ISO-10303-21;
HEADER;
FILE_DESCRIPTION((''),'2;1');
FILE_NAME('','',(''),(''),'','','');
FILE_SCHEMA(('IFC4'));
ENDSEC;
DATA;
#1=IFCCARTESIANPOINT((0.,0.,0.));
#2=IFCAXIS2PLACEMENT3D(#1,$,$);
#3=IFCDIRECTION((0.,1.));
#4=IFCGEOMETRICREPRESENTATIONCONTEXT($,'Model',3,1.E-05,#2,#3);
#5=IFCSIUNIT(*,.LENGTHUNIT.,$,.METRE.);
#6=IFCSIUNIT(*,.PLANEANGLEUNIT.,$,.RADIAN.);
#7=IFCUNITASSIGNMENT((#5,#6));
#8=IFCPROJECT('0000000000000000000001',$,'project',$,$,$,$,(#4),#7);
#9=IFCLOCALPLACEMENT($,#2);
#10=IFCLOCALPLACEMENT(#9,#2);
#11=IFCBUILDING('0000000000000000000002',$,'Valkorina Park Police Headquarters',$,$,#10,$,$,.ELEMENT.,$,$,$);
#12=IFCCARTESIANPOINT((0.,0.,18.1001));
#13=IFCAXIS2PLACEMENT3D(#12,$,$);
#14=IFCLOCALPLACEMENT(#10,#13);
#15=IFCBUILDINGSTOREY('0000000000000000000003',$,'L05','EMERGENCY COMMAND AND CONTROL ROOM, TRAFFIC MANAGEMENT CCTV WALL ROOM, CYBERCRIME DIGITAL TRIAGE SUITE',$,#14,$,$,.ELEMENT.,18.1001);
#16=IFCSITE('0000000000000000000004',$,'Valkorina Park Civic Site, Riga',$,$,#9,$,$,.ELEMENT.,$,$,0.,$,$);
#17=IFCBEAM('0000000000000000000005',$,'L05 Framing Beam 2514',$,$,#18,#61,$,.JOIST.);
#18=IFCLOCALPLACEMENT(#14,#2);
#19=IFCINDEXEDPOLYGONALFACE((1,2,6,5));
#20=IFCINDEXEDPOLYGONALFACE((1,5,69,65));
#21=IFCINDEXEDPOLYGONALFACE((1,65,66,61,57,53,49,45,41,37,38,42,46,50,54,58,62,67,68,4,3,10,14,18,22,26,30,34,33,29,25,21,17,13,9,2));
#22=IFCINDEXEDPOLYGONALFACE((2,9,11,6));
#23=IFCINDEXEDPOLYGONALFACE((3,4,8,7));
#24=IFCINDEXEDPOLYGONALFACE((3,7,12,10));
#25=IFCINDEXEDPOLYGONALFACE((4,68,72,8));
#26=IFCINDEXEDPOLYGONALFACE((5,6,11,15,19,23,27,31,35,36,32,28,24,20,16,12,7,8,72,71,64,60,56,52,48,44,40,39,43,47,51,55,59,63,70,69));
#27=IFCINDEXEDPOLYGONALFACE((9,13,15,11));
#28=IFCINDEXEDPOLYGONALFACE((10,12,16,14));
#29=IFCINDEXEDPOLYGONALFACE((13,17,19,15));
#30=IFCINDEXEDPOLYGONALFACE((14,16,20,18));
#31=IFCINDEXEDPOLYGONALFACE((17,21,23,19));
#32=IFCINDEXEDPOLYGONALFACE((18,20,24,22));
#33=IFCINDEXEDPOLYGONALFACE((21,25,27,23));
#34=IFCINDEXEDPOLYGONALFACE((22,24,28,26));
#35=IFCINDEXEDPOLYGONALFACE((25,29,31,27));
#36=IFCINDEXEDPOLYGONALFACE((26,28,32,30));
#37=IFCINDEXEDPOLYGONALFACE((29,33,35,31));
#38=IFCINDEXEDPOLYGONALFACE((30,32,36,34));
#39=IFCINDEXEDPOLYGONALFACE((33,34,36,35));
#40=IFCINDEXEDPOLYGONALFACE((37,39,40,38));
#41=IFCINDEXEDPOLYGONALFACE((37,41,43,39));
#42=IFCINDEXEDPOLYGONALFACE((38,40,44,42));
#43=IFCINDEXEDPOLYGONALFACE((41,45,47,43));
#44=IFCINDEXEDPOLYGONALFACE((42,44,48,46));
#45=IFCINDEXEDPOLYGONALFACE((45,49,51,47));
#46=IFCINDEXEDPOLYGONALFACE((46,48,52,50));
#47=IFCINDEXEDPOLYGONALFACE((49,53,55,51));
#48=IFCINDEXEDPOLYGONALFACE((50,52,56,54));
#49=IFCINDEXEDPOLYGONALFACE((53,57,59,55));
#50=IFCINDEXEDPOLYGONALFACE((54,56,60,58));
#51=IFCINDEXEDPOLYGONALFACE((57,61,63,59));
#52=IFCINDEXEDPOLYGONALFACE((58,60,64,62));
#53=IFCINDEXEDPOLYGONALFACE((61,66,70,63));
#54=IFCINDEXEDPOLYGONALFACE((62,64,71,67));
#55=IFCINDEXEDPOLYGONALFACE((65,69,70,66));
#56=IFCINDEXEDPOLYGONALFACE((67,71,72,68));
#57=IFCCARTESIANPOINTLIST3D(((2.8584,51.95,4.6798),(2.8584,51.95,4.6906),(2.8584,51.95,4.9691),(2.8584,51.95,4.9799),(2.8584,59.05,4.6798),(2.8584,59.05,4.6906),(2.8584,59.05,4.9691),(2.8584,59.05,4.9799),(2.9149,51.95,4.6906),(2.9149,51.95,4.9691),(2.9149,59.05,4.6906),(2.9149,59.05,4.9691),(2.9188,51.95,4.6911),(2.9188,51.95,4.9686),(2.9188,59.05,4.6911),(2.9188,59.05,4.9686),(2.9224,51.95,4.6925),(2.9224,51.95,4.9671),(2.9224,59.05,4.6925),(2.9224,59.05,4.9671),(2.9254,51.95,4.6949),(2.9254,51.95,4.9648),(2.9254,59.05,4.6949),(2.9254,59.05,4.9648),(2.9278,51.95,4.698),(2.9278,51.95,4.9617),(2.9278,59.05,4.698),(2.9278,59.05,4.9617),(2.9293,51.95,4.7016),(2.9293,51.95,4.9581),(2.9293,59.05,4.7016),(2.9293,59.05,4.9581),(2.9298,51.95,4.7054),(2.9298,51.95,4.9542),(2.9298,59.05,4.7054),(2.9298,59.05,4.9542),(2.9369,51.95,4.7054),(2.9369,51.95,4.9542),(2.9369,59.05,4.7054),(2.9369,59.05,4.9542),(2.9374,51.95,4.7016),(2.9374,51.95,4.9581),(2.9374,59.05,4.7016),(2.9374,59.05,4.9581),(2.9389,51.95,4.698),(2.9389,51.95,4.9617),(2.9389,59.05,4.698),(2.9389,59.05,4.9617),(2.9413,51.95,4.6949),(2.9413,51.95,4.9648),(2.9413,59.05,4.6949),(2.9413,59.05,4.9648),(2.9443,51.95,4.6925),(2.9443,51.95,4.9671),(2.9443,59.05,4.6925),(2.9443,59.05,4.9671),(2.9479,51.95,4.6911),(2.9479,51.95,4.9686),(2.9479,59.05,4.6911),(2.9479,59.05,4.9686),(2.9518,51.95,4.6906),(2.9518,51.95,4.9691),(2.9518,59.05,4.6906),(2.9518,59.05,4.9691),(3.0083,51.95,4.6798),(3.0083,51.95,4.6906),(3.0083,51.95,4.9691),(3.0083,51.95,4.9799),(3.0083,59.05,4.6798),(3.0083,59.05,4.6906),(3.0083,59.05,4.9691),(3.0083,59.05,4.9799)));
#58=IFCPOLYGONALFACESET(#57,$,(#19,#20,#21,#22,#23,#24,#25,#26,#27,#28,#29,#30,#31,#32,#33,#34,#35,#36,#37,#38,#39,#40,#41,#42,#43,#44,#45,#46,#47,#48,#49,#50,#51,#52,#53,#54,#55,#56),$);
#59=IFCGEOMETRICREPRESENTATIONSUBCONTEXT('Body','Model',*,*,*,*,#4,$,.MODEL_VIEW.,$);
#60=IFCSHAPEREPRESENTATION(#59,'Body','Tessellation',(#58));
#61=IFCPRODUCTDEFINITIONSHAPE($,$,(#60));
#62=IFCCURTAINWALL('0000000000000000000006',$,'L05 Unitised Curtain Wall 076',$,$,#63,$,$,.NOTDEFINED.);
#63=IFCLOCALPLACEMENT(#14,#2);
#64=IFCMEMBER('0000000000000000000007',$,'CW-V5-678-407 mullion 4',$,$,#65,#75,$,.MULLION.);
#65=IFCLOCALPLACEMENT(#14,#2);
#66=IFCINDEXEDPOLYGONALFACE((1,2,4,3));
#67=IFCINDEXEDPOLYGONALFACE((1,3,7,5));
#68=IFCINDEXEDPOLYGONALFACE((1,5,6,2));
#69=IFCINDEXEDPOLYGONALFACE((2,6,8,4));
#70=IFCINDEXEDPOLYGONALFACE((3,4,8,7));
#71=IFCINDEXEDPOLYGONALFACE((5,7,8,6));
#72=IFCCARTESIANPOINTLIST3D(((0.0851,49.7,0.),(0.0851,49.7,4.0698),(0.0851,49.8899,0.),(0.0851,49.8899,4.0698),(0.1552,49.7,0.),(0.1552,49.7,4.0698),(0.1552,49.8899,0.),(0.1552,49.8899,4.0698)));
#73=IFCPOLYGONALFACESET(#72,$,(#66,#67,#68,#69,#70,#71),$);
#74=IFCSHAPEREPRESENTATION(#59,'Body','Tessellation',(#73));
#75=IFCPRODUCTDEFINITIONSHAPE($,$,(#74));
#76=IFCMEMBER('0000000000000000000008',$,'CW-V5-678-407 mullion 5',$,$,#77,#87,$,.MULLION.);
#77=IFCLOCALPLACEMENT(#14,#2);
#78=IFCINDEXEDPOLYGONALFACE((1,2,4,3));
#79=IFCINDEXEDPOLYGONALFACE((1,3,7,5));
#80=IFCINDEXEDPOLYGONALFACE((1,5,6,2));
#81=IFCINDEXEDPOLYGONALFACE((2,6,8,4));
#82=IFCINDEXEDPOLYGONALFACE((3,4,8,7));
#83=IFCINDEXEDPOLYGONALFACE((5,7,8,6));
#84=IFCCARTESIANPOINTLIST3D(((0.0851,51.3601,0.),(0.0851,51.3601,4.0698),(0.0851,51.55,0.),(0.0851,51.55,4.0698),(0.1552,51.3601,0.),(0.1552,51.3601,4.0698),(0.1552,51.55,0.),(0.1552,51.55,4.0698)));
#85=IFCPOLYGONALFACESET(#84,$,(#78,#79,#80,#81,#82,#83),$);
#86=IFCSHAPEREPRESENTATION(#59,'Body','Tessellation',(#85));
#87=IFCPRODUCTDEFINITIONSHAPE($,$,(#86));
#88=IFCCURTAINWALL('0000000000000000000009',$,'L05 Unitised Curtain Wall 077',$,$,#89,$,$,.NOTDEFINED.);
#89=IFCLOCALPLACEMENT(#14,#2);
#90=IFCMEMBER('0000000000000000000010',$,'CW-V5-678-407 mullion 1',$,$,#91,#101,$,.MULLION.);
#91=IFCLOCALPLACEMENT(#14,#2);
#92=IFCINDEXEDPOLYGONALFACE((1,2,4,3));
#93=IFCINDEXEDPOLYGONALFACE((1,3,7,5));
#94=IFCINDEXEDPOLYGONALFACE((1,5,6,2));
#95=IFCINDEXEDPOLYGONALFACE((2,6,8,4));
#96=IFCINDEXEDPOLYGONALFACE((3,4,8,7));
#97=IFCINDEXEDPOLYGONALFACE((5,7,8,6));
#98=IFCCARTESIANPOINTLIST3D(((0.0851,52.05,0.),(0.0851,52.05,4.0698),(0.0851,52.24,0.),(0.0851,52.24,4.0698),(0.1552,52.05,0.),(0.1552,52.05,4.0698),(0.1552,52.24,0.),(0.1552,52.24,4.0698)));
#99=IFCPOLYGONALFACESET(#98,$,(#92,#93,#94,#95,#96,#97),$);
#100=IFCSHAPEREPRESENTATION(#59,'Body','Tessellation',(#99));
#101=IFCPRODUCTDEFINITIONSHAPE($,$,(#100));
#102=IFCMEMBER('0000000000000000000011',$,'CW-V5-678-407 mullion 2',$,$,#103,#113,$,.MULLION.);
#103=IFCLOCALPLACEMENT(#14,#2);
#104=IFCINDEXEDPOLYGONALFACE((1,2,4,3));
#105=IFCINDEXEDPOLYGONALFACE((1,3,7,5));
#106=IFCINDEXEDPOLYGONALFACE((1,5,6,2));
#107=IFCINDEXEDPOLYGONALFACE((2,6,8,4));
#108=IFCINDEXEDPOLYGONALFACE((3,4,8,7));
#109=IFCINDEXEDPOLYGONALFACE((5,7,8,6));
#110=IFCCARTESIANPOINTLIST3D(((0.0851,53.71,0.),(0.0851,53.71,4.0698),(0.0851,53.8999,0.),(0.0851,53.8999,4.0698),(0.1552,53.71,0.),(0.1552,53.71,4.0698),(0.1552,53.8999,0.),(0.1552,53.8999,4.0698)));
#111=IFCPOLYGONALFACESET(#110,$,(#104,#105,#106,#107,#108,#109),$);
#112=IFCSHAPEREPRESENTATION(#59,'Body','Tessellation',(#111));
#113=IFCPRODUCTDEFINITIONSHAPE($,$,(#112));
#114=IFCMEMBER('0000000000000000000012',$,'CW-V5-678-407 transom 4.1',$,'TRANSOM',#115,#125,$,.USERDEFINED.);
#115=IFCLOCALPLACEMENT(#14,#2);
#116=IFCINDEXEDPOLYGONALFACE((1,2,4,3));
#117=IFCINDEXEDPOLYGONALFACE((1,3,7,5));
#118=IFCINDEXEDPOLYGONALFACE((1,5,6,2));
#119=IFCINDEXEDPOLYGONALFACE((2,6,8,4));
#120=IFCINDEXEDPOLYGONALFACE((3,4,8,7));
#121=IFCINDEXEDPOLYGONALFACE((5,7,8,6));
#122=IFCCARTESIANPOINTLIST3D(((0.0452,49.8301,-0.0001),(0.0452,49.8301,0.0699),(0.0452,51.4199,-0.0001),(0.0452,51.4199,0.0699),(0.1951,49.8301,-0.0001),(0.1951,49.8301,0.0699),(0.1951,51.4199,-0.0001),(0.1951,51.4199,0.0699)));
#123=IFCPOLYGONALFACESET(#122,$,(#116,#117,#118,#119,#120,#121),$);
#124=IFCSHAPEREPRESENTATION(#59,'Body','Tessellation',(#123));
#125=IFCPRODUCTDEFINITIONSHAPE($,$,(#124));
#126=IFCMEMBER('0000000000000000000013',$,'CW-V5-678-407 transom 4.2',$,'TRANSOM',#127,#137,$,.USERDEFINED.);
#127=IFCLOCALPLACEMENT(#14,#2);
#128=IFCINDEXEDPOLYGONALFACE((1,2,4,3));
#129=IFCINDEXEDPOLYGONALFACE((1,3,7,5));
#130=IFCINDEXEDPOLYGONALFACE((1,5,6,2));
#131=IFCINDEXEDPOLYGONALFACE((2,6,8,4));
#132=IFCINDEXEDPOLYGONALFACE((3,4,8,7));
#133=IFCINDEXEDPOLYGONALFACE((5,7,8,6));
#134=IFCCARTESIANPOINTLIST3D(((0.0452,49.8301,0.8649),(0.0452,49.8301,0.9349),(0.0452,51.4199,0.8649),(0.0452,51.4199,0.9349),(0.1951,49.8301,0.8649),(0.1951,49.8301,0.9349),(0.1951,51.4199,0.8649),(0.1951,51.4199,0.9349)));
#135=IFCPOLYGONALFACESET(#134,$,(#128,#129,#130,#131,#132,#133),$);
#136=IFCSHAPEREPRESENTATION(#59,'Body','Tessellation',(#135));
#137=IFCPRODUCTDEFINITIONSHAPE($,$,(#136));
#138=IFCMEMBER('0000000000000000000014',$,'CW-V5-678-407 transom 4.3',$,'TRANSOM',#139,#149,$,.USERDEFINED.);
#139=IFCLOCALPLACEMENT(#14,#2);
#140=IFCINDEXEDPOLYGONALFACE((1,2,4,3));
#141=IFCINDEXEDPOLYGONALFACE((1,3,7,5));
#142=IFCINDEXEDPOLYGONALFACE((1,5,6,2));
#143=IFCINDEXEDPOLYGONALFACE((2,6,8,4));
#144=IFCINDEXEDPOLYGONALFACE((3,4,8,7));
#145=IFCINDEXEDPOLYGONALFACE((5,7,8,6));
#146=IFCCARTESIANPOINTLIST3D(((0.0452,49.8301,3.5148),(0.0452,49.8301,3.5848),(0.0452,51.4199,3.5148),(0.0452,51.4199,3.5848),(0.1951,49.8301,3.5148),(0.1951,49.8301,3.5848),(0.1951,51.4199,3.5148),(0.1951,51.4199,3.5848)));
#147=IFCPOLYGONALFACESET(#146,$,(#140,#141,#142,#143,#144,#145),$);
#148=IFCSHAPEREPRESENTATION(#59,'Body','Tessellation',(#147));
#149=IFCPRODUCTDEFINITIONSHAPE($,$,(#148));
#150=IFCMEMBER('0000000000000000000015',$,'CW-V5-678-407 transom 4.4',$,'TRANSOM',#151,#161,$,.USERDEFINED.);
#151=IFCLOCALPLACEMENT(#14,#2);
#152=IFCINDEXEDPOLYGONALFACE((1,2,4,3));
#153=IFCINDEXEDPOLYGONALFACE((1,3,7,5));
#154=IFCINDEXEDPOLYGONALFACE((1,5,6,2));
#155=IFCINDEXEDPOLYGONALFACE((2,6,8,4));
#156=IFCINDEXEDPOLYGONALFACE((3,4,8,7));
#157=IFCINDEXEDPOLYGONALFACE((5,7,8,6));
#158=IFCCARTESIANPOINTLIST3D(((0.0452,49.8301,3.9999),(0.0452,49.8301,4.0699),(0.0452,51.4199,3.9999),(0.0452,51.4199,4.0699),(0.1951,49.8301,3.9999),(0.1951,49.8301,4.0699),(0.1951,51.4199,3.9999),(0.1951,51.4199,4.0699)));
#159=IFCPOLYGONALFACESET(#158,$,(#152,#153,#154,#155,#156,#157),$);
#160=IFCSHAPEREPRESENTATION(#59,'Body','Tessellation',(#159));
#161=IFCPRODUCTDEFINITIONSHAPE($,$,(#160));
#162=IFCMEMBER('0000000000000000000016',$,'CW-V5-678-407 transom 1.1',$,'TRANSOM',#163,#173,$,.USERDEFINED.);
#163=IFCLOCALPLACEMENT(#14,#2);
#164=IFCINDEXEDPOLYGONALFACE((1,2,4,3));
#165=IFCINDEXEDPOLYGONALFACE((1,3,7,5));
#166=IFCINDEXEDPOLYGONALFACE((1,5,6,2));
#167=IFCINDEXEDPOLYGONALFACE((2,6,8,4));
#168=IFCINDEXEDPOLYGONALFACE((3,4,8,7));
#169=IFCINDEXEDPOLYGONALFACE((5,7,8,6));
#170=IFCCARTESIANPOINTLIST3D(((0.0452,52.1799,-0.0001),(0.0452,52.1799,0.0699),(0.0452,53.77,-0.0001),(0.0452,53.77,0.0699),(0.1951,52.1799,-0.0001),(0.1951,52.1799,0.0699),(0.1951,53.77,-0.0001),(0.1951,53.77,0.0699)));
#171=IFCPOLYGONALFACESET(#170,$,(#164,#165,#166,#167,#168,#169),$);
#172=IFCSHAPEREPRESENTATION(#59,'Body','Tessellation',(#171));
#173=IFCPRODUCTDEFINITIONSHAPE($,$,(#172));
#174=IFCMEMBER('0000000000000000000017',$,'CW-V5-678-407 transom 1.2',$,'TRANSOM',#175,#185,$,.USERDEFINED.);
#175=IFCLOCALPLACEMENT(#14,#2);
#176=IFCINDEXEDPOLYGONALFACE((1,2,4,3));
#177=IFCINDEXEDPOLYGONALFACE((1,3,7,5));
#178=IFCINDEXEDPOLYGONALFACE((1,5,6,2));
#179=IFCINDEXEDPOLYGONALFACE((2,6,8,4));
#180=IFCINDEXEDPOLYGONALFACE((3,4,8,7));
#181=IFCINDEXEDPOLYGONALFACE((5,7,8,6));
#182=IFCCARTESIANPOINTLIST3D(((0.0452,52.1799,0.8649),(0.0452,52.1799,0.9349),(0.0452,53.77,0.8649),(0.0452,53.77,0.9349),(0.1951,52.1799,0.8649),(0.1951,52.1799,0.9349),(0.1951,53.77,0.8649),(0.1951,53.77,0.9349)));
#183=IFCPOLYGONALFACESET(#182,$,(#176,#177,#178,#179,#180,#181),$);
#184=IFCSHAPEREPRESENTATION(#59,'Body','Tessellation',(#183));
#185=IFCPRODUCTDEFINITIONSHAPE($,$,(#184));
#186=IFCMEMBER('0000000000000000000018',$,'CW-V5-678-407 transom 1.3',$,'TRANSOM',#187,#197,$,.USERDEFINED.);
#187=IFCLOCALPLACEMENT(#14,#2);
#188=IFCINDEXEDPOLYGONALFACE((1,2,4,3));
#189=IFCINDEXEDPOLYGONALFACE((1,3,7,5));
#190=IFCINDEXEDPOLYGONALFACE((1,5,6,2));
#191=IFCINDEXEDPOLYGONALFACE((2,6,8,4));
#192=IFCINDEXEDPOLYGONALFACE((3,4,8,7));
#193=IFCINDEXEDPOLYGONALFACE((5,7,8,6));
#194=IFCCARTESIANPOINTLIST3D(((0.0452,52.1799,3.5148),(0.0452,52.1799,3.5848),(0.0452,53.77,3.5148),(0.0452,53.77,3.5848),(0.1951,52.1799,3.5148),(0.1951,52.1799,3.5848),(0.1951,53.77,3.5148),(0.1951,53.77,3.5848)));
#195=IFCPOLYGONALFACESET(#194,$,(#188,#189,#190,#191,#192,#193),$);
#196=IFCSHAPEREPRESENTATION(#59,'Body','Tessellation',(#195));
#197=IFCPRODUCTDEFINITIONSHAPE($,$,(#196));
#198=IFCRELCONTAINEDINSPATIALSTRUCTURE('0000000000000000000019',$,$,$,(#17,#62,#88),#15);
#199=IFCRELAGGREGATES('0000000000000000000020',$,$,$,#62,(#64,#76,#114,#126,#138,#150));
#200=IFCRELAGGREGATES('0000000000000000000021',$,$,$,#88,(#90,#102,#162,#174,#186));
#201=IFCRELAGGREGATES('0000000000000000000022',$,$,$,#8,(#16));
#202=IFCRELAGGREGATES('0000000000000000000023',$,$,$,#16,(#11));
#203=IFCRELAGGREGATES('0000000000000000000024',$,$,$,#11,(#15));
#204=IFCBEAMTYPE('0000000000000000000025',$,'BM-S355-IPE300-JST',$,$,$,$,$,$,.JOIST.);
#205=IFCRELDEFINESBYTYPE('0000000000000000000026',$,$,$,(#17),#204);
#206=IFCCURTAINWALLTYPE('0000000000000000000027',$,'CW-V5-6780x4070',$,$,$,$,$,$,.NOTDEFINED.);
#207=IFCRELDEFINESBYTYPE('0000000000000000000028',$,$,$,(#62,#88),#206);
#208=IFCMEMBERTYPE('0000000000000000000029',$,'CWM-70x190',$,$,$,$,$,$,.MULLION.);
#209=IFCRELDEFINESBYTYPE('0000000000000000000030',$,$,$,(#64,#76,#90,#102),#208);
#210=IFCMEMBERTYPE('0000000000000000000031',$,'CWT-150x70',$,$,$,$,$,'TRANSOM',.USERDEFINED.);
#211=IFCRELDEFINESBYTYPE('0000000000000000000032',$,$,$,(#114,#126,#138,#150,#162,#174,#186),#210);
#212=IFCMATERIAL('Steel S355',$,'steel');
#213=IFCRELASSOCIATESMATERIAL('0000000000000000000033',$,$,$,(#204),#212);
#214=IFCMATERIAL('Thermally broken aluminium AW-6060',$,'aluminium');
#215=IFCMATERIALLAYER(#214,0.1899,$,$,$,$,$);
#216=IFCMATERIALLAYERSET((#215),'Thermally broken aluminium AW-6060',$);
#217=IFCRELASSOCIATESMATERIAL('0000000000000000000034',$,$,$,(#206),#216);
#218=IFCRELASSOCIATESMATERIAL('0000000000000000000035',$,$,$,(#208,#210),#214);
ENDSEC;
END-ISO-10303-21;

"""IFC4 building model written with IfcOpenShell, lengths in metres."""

from ifc_helpers import new_model, si_unit, direction, frame, origin, origin_2d, place, context, subcontext, project, spatial, rectangle, i_section, extrude, material, layer, layer_set, material_profile, profile_set, type_object, element, aggregate, save


model = new_model("IFC4")

# Units and contexts
model_context = context("Model", 3, precision=1e-05, world=origin(), true_north=direction((0.0, 1.0)))
body_context = subcontext(model_context, "Body", "Model", "MODEL_VIEW")
ifc_project = project(units=[si_unit("LENGTHUNIT", "METRE"), si_unit("PLANEANGLEUNIT", "RADIAN")], contexts=[model_context])

# Site, building, storey
site_placement = place(None, origin())
site = spatial("IfcSite", under=ifc_project, at=site_placement, Name="Valkorina Park Civic Site, Riga", CompositionType="ELEMENT", RefElevation=0.0)
building_placement = place(site_placement, origin())
building = spatial("IfcBuilding", under=site, at=building_placement, Name="Valkorina Park Police Headquarters", CompositionType="ELEMENT")
storey_placement = place(building_placement, frame((0.0, 0.0, 18.1001)))
storey = spatial("IfcBuildingStorey", under=building, at=storey_placement, Name="L05", Description="EMERGENCY COMMAND AND CONTROL ROOM, TRAFFIC MANAGEMENT CCTV WALL ROOM, CYBERCRIME DIGITAL TRIAGE SUITE", CompositionType="ELEMENT", Elevation=18.1001)

# Shared definitions
ifc_material_1 = material(Name="Steel S355", Category="steel")

# Beam
ifc_material_profile_1 = material_profile(ifc_material_1, i_section(OverallWidth=0.1499, OverallDepth=0.3, WebThickness=0.0071, FlangeThickness=0.0107, FilletRadius=0.0149, at=origin_2d()), Name="IPE 300")
ifc_profile_set_1 = profile_set([ifc_material_profile_1], Name="Steel S355")
beam_type_1 = type_object("IfcBeamType", Name="BM-S355-IPE300-JST", PredefinedType="JOIST", material=ifc_profile_set_1)
beam_1_placement = place(storey_placement, frame((2.9333, 51.95, 4.8298), z_axis=(0.0, 1.0, 0.0), x_axis=(-1.0, 0.0, 0.0)))
element("IfcBeam", 1, at=beam_1_placement, inside=storey, type_object=beam_type_1, Name="L05 Framing Beam 2514", PredefinedType="JOIST", context=body_context, shape_type="SweptSolid", body=[
    extrude(i_section(OverallWidth=0.1499, OverallDepth=0.3, WebThickness=0.0071, FlangeThickness=0.0107, FilletRadius=0.0149, at=origin_2d()), origin(), (0.0, 0.0, 1.0), 7.1001),
])

# Curtain walls, members
ifc_material_2 = material(Name="Thermally broken aluminium AW-6060", Category="aluminium")
ifc_layer_1 = layer(ifc_material_2, 0.1899)
ifc_layer_set_1 = layer_set([ifc_layer_1], Name="Thermally broken aluminium AW-6060")
curtain_wall_type = type_object("IfcCurtainWallType", Name="CW-V5-6780x4070", PredefinedType="NOTDEFINED", material=ifc_layer_set_1)
curtain_wall_1_placement = place(storey_placement, origin())
curtain_wall_1 = element("IfcCurtainWall", 2, at=curtain_wall_1_placement, inside=storey, type_object=curtain_wall_type, Name="L05 Unitised Curtain Wall 076", PredefinedType="NOTDEFINED")
ifc_material_profile_2 = material_profile(ifc_material_2, rectangle(XDim=0.0701, YDim=0.1899, at=origin_2d()), Name="CWM-02 70x190")
ifc_profile_set_2 = profile_set([ifc_material_profile_2], Name="Thermally broken aluminium AW-6060")
member_type_1 = type_object("IfcMemberType", Name="CWM-70x190", PredefinedType="MULLION", material=ifc_profile_set_2)
member_1_placement = place(storey_placement, frame((0.1201, 49.7949, 0.0), z_axis=(0.0, 0.0, 1.0), x_axis=(-1.0, 0.0, 0.0)))
member_1 = element("IfcMember", 3, at=member_1_placement, type_object=member_type_1, Name="CW-V5-678-407 mullion 4", PredefinedType="MULLION", context=body_context, shape_type="SweptSolid", body=[
    extrude(rectangle(XDim=0.0701, YDim=0.1899, at=origin_2d()), origin(), (0.0, 0.0, 1.0), 4.0698),
])
member_2_placement = place(storey_placement, frame((0.1201, 51.4551, 0.0), z_axis=(0.0, 0.0, 1.0), x_axis=(-1.0, 0.0, 0.0)))
member_2 = element("IfcMember", 4, at=member_2_placement, type_object=member_type_1, Name="CW-V5-678-407 mullion 5", PredefinedType="MULLION", context=body_context, shape_type="SweptSolid", body=[
    extrude(rectangle(XDim=0.0701, YDim=0.1899, at=origin_2d()), origin(), (0.0, 0.0, 1.0), 4.0698),
])
curtain_wall_2_placement = place(storey_placement, origin())
curtain_wall_2 = element("IfcCurtainWall", 5, at=curtain_wall_2_placement, inside=storey, type_object=curtain_wall_type, Name="L05 Unitised Curtain Wall 077", PredefinedType="NOTDEFINED")
member_3_placement = place(storey_placement, frame((0.1201, 52.145, 0.0), z_axis=(0.0, 0.0, 1.0), x_axis=(-1.0, 0.0, 0.0)))
member_3 = element("IfcMember", 6, at=member_3_placement, type_object=member_type_1, Name="CW-V5-678-407 mullion 1", PredefinedType="MULLION", context=body_context, shape_type="SweptSolid", body=[
    extrude(rectangle(XDim=0.0701, YDim=0.1899, at=origin_2d()), origin(), (0.0, 0.0, 1.0), 4.0698),
])
member_4_placement = place(storey_placement, frame((0.1201, 53.8049, 0.0), z_axis=(0.0, 0.0, 1.0), x_axis=(-1.0, 0.0, 0.0)))
member_4 = element("IfcMember", 7, at=member_4_placement, type_object=member_type_1, Name="CW-V5-678-407 mullion 2", PredefinedType="MULLION", context=body_context, shape_type="SweptSolid", body=[
    extrude(rectangle(XDim=0.0701, YDim=0.1899, at=origin_2d()), origin(), (0.0, 0.0, 1.0), 4.0698),
])

# Members
ifc_material_profile_3 = material_profile(ifc_material_2, rectangle(XDim=0.1499, YDim=0.0701, at=origin_2d()), Name="CWT-02 150x70")
ifc_profile_set_3 = profile_set([ifc_material_profile_3], Name="Thermally broken aluminium AW-6060")
member_type_2 = type_object("IfcMemberType", Name="CWT-150x70", ElementType="TRANSOM", PredefinedType="USERDEFINED", material=ifc_profile_set_3)
member_5_placement = place(storey_placement, frame((0.1201, 49.8301, 0.0349), z_axis=(0.0, 1.0, 0.0), x_axis=(-1.0, 0.0, 0.0)))
member_5 = element("IfcMember", 8, at=member_5_placement, type_object=member_type_2, Name="CW-V5-678-407 transom 4.1", ObjectType="TRANSOM", PredefinedType="USERDEFINED", context=body_context, shape_type="SweptSolid", body=[
    extrude(rectangle(XDim=0.1499, YDim=0.0701, at=origin_2d()), origin(), (0.0, 0.0, 1.0), 1.5898),
])
member_6_placement = place(storey_placement, frame((0.1201, 49.8301, 0.8999), z_axis=(0.0, 1.0, 0.0), x_axis=(-1.0, 0.0, 0.0)))
member_6 = element("IfcMember", 9, at=member_6_placement, type_object=member_type_2, Name="CW-V5-678-407 transom 4.2", ObjectType="TRANSOM", PredefinedType="USERDEFINED", context=body_context, shape_type="SweptSolid", body=[
    extrude(rectangle(XDim=0.1499, YDim=0.0701, at=origin_2d()), origin(), (0.0, 0.0, 1.0), 1.5898),
])
member_7_placement = place(storey_placement, frame((0.1201, 49.8301, 3.5498), z_axis=(0.0, 1.0, 0.0), x_axis=(-1.0, 0.0, 0.0)))
member_7 = element("IfcMember", 10, at=member_7_placement, type_object=member_type_2, Name="CW-V5-678-407 transom 4.3", ObjectType="TRANSOM", PredefinedType="USERDEFINED", context=body_context, shape_type="SweptSolid", body=[
    extrude(rectangle(XDim=0.1499, YDim=0.0701, at=origin_2d()), origin(), (0.0, 0.0, 1.0), 1.5898),
])
member_8_placement = place(storey_placement, frame((0.1201, 49.8301, 4.0349), z_axis=(0.0, 1.0, 0.0), x_axis=(-1.0, 0.0, 0.0)))
member_8 = element("IfcMember", 11, at=member_8_placement, type_object=member_type_2, Name="CW-V5-678-407 transom 4.4", ObjectType="TRANSOM", PredefinedType="USERDEFINED", context=body_context, shape_type="SweptSolid", body=[
    extrude(rectangle(XDim=0.1499, YDim=0.0701, at=origin_2d()), origin(), (0.0, 0.0, 1.0), 1.5898),
])
member_9_placement = place(storey_placement, frame((0.1201, 52.1799, 0.0349), z_axis=(0.0, 1.0, 0.0), x_axis=(-1.0, 0.0, 0.0)))
member_9 = element("IfcMember", 12, at=member_9_placement, type_object=member_type_2, Name="CW-V5-678-407 transom 1.1", ObjectType="TRANSOM", PredefinedType="USERDEFINED", context=body_context, shape_type="SweptSolid", body=[
    extrude(rectangle(XDim=0.1499, YDim=0.0701, at=origin_2d()), origin(), (0.0, 0.0, 1.0), 1.5901),
])
member_10_placement = place(storey_placement, frame((0.1201, 52.1799, 0.8999), z_axis=(0.0, 1.0, 0.0), x_axis=(-1.0, 0.0, 0.0)))
member_10 = element("IfcMember", 13, at=member_10_placement, type_object=member_type_2, Name="CW-V5-678-407 transom 1.2", ObjectType="TRANSOM", PredefinedType="USERDEFINED", context=body_context, shape_type="SweptSolid", body=[
    extrude(rectangle(XDim=0.1499, YDim=0.0701, at=origin_2d()), origin(), (0.0, 0.0, 1.0), 1.5901),
])
member_11_placement = place(storey_placement, frame((0.1201, 52.1799, 3.5498), z_axis=(0.0, 1.0, 0.0), x_axis=(-1.0, 0.0, 0.0)))
member_11 = element("IfcMember", 14, at=member_11_placement, type_object=member_type_2, Name="CW-V5-678-407 transom 1.3", ObjectType="TRANSOM", PredefinedType="USERDEFINED", context=body_context, shape_type="SweptSolid", body=[
    extrude(rectangle(XDim=0.1499, YDim=0.0701, at=origin_2d()), origin(), (0.0, 0.0, 1.0), 1.5901),
])

aggregate(curtain_wall_1, [member_1, member_2, member_5, member_6, member_7, member_8])
aggregate(curtain_wall_2, [member_3, member_4, member_9, member_10, member_11])

save(model, "model.ifc")
